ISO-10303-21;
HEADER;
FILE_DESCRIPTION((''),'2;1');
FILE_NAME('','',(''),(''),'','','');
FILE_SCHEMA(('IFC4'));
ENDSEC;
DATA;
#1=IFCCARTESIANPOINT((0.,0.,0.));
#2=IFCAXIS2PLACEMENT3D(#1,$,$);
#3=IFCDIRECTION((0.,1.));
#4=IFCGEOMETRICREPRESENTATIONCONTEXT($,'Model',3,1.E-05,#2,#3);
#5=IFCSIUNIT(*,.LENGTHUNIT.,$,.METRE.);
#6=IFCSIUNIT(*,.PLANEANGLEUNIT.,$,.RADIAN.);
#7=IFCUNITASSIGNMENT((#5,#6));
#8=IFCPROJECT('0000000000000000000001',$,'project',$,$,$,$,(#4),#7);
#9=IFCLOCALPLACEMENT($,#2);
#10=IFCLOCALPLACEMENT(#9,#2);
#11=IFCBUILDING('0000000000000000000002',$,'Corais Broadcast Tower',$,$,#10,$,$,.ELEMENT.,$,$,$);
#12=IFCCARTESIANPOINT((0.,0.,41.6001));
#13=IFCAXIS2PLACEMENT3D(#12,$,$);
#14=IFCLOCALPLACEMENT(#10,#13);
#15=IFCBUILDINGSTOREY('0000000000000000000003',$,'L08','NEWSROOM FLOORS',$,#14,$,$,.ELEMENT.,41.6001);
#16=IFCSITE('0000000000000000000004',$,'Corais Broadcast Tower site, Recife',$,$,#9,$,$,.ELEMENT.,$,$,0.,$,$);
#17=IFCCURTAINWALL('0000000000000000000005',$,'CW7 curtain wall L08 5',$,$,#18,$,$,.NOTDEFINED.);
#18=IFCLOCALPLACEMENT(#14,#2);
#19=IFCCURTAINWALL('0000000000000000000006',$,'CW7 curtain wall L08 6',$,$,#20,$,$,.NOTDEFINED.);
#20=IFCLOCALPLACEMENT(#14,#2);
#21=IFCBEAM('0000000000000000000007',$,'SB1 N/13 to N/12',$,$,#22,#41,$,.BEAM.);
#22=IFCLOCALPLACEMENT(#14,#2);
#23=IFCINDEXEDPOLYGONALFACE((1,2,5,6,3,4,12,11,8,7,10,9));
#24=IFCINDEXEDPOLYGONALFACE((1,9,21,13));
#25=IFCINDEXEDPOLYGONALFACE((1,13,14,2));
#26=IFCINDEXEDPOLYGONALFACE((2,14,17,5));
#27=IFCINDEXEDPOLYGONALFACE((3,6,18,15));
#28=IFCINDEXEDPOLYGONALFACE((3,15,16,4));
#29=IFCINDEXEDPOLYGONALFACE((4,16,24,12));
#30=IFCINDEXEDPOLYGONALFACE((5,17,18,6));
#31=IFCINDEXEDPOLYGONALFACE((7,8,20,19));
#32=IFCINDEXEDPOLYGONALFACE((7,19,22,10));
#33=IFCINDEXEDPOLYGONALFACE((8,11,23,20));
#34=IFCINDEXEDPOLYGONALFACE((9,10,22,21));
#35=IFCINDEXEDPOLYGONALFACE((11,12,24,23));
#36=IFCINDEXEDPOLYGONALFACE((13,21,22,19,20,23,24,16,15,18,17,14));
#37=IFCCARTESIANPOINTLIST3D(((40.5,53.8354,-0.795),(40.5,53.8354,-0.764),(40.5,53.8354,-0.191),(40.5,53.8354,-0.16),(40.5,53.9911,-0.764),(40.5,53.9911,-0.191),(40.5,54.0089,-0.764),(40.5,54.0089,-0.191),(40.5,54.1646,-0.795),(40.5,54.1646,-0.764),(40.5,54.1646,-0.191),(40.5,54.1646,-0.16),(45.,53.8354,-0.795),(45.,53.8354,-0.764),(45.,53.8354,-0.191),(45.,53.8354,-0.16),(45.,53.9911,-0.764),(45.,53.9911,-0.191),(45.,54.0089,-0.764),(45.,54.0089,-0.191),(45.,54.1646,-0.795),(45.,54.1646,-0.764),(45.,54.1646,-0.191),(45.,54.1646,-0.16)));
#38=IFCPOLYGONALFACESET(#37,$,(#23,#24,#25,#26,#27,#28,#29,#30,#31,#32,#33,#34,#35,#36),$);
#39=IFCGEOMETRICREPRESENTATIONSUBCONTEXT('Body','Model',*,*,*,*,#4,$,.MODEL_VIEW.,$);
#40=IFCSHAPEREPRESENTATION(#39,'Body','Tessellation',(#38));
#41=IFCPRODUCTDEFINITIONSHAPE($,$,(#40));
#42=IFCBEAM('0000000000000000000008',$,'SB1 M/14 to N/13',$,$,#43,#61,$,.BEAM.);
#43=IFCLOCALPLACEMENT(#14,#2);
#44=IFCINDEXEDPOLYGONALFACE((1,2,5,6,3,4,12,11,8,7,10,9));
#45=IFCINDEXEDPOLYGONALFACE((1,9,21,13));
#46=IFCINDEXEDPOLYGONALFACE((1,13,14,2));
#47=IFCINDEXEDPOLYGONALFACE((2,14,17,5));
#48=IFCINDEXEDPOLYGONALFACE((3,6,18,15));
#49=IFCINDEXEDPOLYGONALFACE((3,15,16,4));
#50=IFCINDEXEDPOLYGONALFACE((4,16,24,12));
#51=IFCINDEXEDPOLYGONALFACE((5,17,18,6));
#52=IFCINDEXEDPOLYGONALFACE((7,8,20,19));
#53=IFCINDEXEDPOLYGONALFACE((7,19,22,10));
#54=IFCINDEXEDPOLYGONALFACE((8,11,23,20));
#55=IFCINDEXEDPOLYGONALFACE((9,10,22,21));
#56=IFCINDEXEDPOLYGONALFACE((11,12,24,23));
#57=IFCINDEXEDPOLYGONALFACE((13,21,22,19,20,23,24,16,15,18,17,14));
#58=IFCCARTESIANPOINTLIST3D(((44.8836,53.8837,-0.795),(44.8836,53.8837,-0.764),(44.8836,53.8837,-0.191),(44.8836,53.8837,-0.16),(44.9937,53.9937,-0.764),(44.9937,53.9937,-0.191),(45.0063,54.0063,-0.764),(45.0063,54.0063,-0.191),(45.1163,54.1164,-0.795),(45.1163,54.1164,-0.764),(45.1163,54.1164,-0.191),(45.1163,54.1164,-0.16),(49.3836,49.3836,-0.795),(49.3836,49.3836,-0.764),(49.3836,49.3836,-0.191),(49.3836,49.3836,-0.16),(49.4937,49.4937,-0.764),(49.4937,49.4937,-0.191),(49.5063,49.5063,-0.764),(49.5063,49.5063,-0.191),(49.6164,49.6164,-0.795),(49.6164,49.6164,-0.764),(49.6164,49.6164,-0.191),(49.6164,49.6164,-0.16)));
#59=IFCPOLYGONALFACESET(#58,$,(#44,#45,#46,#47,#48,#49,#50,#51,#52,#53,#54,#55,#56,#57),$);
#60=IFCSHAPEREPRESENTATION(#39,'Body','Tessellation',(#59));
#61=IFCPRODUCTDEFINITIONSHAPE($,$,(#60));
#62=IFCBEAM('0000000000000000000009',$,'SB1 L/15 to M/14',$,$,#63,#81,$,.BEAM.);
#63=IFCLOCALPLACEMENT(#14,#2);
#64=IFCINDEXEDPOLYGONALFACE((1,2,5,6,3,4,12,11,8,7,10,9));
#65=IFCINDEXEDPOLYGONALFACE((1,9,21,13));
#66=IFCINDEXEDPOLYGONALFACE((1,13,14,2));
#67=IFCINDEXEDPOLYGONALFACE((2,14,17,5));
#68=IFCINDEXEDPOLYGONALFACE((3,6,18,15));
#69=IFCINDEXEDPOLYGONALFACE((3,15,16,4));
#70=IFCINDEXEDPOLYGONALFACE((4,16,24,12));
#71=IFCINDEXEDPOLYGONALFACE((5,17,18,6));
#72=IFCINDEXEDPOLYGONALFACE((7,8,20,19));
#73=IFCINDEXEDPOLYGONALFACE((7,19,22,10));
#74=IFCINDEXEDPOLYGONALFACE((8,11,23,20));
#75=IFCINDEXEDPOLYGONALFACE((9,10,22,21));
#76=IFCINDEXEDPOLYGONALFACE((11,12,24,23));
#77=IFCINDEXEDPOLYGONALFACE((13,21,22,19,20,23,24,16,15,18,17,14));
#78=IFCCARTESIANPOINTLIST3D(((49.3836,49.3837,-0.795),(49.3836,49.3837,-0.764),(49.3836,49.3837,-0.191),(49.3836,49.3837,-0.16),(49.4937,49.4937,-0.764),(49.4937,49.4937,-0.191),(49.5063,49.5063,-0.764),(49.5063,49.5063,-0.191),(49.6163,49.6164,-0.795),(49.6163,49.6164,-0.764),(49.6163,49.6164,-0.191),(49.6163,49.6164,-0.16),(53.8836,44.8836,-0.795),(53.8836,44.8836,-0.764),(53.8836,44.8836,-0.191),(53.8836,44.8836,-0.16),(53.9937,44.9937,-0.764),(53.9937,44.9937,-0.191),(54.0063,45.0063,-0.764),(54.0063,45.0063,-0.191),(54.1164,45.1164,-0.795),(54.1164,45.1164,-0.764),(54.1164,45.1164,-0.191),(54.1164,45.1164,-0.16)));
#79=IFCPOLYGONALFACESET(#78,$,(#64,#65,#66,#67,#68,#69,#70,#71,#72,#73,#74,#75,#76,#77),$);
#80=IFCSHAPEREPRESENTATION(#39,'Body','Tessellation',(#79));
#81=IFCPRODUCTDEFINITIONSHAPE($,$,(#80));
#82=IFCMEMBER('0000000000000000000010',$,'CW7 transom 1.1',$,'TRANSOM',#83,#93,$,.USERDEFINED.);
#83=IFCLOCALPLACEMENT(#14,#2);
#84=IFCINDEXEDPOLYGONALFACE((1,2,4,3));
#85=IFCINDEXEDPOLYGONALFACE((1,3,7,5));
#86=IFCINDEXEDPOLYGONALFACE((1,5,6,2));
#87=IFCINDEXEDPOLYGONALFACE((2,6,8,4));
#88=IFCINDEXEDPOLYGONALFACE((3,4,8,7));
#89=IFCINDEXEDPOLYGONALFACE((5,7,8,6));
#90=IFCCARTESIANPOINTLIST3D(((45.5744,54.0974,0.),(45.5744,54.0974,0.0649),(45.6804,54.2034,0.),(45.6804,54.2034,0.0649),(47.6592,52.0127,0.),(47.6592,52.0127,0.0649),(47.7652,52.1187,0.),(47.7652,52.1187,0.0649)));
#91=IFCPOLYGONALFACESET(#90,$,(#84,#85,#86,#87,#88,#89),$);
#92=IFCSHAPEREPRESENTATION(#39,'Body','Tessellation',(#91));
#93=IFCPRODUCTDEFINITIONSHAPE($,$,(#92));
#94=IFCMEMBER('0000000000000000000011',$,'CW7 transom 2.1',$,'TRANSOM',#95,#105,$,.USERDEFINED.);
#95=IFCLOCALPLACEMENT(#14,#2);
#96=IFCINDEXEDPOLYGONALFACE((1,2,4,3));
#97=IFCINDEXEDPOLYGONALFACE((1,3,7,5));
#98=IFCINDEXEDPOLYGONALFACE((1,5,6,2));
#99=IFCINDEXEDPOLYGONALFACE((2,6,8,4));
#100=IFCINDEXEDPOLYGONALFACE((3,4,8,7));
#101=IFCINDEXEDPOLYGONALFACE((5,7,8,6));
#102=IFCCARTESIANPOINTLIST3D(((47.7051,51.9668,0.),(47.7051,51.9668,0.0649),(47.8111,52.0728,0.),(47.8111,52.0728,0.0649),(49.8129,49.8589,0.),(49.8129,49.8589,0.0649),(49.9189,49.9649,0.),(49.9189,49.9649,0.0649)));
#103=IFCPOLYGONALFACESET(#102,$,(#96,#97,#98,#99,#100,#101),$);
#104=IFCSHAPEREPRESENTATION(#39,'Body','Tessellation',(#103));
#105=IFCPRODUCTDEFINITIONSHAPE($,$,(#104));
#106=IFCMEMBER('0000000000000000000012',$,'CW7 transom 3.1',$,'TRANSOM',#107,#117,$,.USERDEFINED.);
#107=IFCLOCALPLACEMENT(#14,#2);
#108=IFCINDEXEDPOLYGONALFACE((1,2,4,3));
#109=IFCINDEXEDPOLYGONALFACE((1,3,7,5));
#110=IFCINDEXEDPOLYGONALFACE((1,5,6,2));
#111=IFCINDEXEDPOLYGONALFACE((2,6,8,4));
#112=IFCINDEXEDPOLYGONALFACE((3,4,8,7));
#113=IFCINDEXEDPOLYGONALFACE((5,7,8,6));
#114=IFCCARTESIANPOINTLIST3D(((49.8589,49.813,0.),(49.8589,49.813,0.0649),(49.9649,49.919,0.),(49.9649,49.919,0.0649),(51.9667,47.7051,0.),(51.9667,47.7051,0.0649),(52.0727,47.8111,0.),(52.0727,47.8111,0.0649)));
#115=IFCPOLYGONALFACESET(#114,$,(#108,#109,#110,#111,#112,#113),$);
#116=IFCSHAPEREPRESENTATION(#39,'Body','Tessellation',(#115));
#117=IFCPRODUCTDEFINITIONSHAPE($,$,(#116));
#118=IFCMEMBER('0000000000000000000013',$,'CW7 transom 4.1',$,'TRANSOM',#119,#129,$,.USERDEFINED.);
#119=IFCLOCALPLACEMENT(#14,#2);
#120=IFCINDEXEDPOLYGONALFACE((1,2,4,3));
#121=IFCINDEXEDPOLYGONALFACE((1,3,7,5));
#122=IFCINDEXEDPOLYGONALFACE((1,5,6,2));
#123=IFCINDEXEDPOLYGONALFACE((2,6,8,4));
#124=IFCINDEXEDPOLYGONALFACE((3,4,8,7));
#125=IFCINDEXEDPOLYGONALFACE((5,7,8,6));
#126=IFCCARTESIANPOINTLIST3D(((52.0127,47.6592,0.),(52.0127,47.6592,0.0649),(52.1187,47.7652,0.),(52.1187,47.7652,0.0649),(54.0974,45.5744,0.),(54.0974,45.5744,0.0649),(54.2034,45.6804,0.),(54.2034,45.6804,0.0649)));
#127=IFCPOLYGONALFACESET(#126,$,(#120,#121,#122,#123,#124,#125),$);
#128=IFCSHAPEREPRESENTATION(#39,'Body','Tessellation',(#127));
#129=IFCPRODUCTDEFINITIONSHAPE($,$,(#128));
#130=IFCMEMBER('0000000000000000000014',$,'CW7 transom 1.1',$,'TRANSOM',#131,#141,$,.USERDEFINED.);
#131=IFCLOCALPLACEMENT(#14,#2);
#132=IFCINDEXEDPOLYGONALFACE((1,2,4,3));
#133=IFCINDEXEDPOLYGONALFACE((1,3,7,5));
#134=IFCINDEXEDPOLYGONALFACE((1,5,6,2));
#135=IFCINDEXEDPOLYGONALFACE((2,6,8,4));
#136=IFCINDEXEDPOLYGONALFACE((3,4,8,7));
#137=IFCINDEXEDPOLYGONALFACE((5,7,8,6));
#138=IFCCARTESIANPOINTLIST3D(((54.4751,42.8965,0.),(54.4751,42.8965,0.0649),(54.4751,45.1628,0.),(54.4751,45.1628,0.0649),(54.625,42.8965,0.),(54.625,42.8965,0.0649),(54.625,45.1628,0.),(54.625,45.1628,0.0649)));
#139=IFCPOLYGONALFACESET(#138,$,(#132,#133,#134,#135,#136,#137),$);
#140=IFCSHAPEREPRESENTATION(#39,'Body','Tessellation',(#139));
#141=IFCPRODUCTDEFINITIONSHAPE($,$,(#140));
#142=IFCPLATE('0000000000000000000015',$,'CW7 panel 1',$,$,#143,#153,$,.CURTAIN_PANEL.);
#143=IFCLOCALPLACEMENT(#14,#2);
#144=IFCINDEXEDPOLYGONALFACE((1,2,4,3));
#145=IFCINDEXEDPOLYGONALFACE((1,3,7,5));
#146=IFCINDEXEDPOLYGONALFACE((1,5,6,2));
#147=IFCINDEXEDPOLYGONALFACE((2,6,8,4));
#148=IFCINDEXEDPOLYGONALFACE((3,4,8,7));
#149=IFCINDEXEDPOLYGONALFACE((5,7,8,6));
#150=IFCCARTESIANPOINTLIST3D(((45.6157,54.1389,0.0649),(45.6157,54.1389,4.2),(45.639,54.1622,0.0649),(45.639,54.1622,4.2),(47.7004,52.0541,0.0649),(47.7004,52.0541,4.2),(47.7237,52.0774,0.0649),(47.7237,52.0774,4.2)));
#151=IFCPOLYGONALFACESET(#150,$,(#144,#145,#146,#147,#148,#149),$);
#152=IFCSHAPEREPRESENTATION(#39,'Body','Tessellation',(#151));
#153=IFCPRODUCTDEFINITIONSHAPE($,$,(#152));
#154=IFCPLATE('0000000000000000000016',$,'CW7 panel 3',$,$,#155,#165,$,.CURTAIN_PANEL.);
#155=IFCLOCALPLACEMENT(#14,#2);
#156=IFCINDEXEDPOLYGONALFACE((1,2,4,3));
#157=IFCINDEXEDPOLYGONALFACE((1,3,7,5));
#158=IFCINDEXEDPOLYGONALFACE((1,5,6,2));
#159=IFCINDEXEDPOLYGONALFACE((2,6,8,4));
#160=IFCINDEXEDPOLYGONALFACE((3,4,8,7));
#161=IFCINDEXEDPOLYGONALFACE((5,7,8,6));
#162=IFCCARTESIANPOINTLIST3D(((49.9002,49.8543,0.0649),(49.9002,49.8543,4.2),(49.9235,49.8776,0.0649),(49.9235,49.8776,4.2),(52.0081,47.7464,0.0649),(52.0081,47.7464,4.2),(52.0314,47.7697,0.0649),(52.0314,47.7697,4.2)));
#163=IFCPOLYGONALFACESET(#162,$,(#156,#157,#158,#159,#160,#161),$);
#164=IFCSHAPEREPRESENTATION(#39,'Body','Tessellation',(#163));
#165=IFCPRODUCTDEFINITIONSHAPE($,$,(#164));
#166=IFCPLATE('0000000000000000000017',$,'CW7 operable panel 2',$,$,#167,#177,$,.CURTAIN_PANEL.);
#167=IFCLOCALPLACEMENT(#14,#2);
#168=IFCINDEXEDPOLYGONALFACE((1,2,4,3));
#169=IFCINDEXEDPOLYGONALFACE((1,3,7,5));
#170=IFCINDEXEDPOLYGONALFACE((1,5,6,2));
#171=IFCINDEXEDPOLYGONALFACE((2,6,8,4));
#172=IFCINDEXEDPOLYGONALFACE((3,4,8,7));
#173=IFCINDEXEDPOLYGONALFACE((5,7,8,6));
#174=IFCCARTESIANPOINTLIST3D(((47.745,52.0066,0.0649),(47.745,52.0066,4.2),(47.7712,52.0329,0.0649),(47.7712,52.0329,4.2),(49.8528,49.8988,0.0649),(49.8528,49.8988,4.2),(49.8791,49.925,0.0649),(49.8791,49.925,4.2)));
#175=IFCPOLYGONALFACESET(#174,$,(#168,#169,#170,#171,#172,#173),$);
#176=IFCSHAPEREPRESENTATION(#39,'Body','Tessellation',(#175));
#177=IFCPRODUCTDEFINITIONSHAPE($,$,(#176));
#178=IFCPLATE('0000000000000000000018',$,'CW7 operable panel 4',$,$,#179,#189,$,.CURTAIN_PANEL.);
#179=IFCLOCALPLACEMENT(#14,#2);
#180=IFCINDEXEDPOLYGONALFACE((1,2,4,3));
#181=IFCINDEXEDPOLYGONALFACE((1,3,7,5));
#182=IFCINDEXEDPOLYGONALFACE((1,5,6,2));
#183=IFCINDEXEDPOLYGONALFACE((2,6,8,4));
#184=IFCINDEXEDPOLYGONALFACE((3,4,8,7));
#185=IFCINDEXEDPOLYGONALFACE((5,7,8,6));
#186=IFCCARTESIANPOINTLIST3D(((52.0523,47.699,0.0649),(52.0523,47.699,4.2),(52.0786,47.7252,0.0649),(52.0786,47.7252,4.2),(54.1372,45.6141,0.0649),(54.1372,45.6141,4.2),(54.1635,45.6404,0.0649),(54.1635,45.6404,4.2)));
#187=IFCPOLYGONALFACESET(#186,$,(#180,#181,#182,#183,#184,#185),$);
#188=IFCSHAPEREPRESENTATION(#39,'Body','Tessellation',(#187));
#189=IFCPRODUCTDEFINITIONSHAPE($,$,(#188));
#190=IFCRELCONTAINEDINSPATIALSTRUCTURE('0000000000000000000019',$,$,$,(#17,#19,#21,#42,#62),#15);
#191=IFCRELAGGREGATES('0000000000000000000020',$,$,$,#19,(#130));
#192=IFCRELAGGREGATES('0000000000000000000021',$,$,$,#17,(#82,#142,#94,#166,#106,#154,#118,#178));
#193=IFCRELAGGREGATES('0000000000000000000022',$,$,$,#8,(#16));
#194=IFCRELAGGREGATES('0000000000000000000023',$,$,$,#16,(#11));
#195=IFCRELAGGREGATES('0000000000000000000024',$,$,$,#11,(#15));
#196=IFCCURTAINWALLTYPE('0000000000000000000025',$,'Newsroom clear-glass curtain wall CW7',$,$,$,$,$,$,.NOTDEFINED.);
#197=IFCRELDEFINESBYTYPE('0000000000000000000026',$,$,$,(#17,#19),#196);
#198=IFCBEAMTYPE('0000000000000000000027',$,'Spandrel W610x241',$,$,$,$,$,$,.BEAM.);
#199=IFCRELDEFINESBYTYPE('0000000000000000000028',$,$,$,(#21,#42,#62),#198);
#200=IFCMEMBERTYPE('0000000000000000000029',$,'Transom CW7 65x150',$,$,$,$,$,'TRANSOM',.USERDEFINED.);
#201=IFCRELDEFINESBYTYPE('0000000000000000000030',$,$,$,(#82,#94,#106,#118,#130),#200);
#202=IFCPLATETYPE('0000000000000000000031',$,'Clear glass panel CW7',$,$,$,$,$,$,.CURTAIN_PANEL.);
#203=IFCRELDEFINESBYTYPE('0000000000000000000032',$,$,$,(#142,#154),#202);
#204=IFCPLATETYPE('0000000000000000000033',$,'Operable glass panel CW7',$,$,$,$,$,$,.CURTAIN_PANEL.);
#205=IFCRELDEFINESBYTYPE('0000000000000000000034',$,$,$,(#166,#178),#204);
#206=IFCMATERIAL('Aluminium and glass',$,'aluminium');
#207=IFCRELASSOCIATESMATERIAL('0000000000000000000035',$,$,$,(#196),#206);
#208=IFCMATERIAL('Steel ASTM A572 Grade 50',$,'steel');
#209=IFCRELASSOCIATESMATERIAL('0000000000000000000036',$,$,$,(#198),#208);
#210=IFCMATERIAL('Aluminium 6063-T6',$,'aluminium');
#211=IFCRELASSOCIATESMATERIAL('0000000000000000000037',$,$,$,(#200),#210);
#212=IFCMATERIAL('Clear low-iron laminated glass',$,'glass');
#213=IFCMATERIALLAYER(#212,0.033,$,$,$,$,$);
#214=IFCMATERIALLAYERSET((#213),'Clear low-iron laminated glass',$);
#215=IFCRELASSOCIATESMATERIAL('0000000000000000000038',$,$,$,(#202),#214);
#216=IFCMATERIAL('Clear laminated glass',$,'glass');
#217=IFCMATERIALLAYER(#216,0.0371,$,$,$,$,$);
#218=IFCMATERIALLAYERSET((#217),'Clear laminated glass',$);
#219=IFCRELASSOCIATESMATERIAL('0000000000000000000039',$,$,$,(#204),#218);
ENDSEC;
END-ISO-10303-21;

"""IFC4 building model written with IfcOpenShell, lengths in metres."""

from ifc_helpers import new_model, si_unit, direction, frame, origin, origin_2d, place, context, subcontext, project, spatial, rectangle, i_section, extrude, material, layer, layer_set, material_profile, profile_set, type_object, element, aggregate, save


model = new_model("IFC4")

# Units and contexts
model_context = context("Model", 3, precision=1e-05, world=origin(), true_north=direction((0.0, 1.0)))
body_context = subcontext(model_context, "Body", "Model", "MODEL_VIEW")
ifc_project = project(units=[si_unit("LENGTHUNIT", "METRE"), si_unit("PLANEANGLEUNIT", "RADIAN")], contexts=[model_context])

# Site, building, storey
site_placement = place(None, origin())
site = spatial("IfcSite", under=ifc_project, at=site_placement, Name="Corais Broadcast Tower site, Recife", CompositionType="ELEMENT", RefElevation=0.0)
building_placement = place(site_placement, origin())
building = spatial("IfcBuilding", under=site, at=building_placement, Name="Corais Broadcast Tower", CompositionType="ELEMENT")
storey_placement = place(building_placement, frame((0.0, 0.0, 41.6001)))
storey = spatial("IfcBuildingStorey", under=building, at=storey_placement, Name="L08", Description="NEWSROOM FLOORS", CompositionType="ELEMENT", Elevation=41.6001)

# Shared definitions
ifc_material_1 = material(Name="Aluminium and glass", Category="aluminium")
curtain_wall_type = type_object("IfcCurtainWallType", Name="Newsroom clear-glass curtain wall CW7", PredefinedType="NOTDEFINED", material=ifc_material_1)

# Curtain wall
curtain_wall_1_placement = place(storey_placement, origin())
curtain_wall_1 = element("IfcCurtainWall", 1, at=curtain_wall_1_placement, inside=storey, type_object=curtain_wall_type, Name="CW7 curtain wall L08 5", PredefinedType="NOTDEFINED")

# Curtain wall
curtain_wall_2_placement = place(storey_placement, origin())
curtain_wall_2 = element("IfcCurtainWall", 2, at=curtain_wall_2_placement, inside=storey, type_object=curtain_wall_type, Name="CW7 curtain wall L08 6", PredefinedType="NOTDEFINED")

# Beams
ifc_material_2 = material(Name="Steel ASTM A572 Grade 50", Category="steel")
ifc_material_profile_1 = material_profile(ifc_material_2, i_section(OverallWidth=0.3291, OverallDepth=0.635, WebThickness=0.0178, FlangeThickness=0.031, at=origin_2d()), Name="W610x241")
ifc_profile_set_1 = profile_set([ifc_material_profile_1], Name="Steel ASTM A572 Grade 50")
beam_type_1 = type_object("IfcBeamType", Name="Spandrel W610x241", PredefinedType="BEAM", material=ifc_profile_set_1)
beam_1_placement = place(storey_placement, frame((45.0, 54.0, -0.4775), z_axis=(-1.0, 0.0, 0.0), x_axis=(0.0, -1.0, 0.0)))
element("IfcBeam", 3, at=beam_1_placement, inside=storey, type_object=beam_type_1, Name="SB1 N/13 to N/12", PredefinedType="BEAM", context=body_context, shape_type="SweptSolid", body=[
    extrude(i_section(OverallWidth=0.3291, OverallDepth=0.635, WebThickness=0.0178, FlangeThickness=0.031, at=origin_2d()), origin(), (0.0, 0.0, 1.0), 4.5),
])
for number, where, z_axis, x_axis, name in (
    (4, (49.5, 49.5, -0.4775), (-0.707107, 0.707107, 0.0), (-0.707107, -0.707107, 0.0), "SB1 M/14 to N/13"),
    (5, (54.0, 45.0, -0.4775), (-0.707107, 0.707107, 0.0), (-0.707107, -0.707107, 0.0), "SB1 L/15 to M/14"),
):
    element("IfcBeam", number, at=place(storey_placement, frame(where, z_axis=z_axis, x_axis=x_axis)), inside=storey, type_object=beam_type_1, Name=name, PredefinedType="BEAM", context=body_context, shape_type="SweptSolid", body=[
        extrude(i_section(OverallWidth=0.3291, OverallDepth=0.635, WebThickness=0.0178, FlangeThickness=0.031, at=origin_2d()), origin(), (0.0, 0.0, 1.0), 6.364),
    ])

# Members
ifc_material_3 = material(Name="Aluminium 6063-T6", Category="aluminium")
ifc_material_profile_2 = material_profile(ifc_material_3, rectangle(XDim=0.1499, YDim=0.0649, at=origin_2d()), Name="Transom CW7 65x150")
ifc_profile_set_2 = profile_set([ifc_material_profile_2], Name="Aluminium 6063-T6")
member_type_1 = type_object("IfcMemberType", Name="Transom CW7 65x150", ElementType="TRANSOM", PredefinedType="USERDEFINED", material=ifc_profile_set_2)
member_1_placement = place(storey_placement, frame((45.6274, 54.1504, 0.0325), z_axis=(0.707107, -0.707107, 0.0), x_axis=(0.707107, 0.707107, 0.0)))
member_1 = element("IfcMember", 6, at=member_1_placement, type_object=member_type_1, Name="CW7 transom 1.1", ObjectType="TRANSOM", PredefinedType="USERDEFINED", context=body_context, shape_type="SweptSolid", body=[
    extrude(rectangle(XDim=0.1499, YDim=0.0649, at=origin_2d()), origin(), (0.0, 0.0, 1.0), 2.9482),
])
member_2_placement = place(storey_placement, frame((47.7581, 52.0198, 0.0325), z_axis=(0.707107, -0.707107, 0.0), x_axis=(0.707107, 0.707107, 0.0)))
member_2 = element("IfcMember", 7, at=member_2_placement, type_object=member_type_1, Name="CW7 transom 2.1", ObjectType="TRANSOM", PredefinedType="USERDEFINED", context=body_context, shape_type="SweptSolid", body=[
    extrude(rectangle(XDim=0.1499, YDim=0.0649, at=origin_2d()), origin(), (0.0, 0.0, 1.0), 2.981),
])
member_3_placement = place(storey_placement, frame((49.9119, 49.866, 0.0325), z_axis=(0.707107, -0.707107, 0.0), x_axis=(0.707107, 0.707107, 0.0)))
member_3 = element("IfcMember", 8, at=member_3_placement, type_object=member_type_1, Name="CW7 transom 3.1", ObjectType="TRANSOM", PredefinedType="USERDEFINED", context=body_context, shape_type="SweptSolid", body=[
    extrude(rectangle(XDim=0.1499, YDim=0.0649, at=origin_2d()), origin(), (0.0, 0.0, 1.0), 2.981),
])
member_4_placement = place(storey_placement, frame((52.0657, 47.7122, 0.0325), z_axis=(0.707107, -0.707107, 0.0), x_axis=(0.707107, 0.707107, 0.0)))
member_4 = element("IfcMember", 9, at=member_4_placement, type_object=member_type_1, Name="CW7 transom 4.1", ObjectType="TRANSOM", PredefinedType="USERDEFINED", context=body_context, shape_type="SweptSolid", body=[
    extrude(rectangle(XDim=0.1499, YDim=0.0649, at=origin_2d()), origin(), (0.0, 0.0, 1.0), 2.9482),
])
member_5_placement = place(storey_placement, frame((54.55, 45.1628, 0.0325), z_axis=(0.0, -1.0, 0.0), x_axis=(1.0, 0.0, 0.0)))
member_5 = element("IfcMember", 10, at=member_5_placement, type_object=member_type_1, Name="CW7 transom 1.1", ObjectType="TRANSOM", PredefinedType="USERDEFINED", context=body_context, shape_type="SweptSolid", body=[
    extrude(rectangle(XDim=0.1499, YDim=0.0649, at=origin_2d()), origin(), (0.0, 0.0, 1.0), 2.2664),
])
aggregate(curtain_wall_2, [member_5])

# Plates
ifc_material_4 = material(Name="Clear low-iron laminated glass", Category="glass")
ifc_layer_1 = layer(ifc_material_4, 0.033)
ifc_layer_set_1 = layer_set([ifc_layer_1], Name="Clear low-iron laminated glass")
plate_type_1 = type_object("IfcPlateType", Name="Clear glass panel CW7", PredefinedType="CURTAIN_PANEL", material=ifc_layer_set_1)
plate_1_placement = place(storey_placement, frame((46.6697, 53.1082, 0.0649), z_axis=(0.0, 0.0, 1.0), x_axis=(0.707107, -0.707107, 0.0)))
plate_1 = element("IfcPlate", 11, at=plate_1_placement, type_object=plate_type_1, Name="CW7 panel 1", PredefinedType="CURTAIN_PANEL", context=body_context, shape_type="SweptSolid", body=[
    extrude(rectangle(XDim=2.9482, YDim=0.033, at=origin_2d()), origin(), (0.0, 0.0, 1.0), 4.135),
])
plate_2_placement = place(storey_placement, frame((50.9658, 48.812, 0.0649), z_axis=(0.0, 0.0, 1.0), x_axis=(0.707107, -0.707107, 0.0)))
plate_2 = element("IfcPlate", 12, at=plate_2_placement, type_object=plate_type_1, Name="CW7 panel 3", PredefinedType="CURTAIN_PANEL", context=body_context, shape_type="SweptSolid", body=[
    extrude(rectangle(XDim=2.981, YDim=0.033, at=origin_2d()), origin(), (0.0, 0.0, 1.0), 4.135),
])
ifc_material_5 = material(Name="Clear laminated glass", Category="glass")
ifc_layer_2 = layer(ifc_material_5, 0.0371)
ifc_layer_set_2 = layer_set([ifc_layer_2], Name="Clear laminated glass")
plate_type_2 = type_object("IfcPlateType", Name="Operable glass panel CW7", PredefinedType="CURTAIN_PANEL", material=ifc_layer_set_2)
plate_3_placement = place(storey_placement, frame((48.812, 50.9658, 0.0649), z_axis=(0.0, 0.0, 1.0), x_axis=(0.707107, -0.707107, 0.0)))
plate_3 = element("IfcPlate", 13, at=plate_3_placement, type_object=plate_type_2, Name="CW7 operable panel 2", PredefinedType="CURTAIN_PANEL", context=body_context, shape_type="SweptSolid", body=[
    extrude(rectangle(XDim=2.981, YDim=0.0371, at=origin_2d()), origin(), (0.0, 0.0, 1.0), 4.135),
])
plate_4_placement = place(storey_placement, frame((53.1079, 46.6697, 0.0649), z_axis=(0.0, 0.0, 1.0), x_axis=(0.707107, -0.707107, 0.0)))
plate_4 = element("IfcPlate", 14, at=plate_4_placement, type_object=plate_type_2, Name="CW7 operable panel 4", PredefinedType="CURTAIN_PANEL", context=body_context, shape_type="SweptSolid", body=[
    extrude(rectangle(XDim=2.9485, YDim=0.0371, at=origin_2d()), origin(), (0.0, 0.0, 1.0), 4.135),
])
aggregate(curtain_wall_1, [member_1, plate_1, member_2, plate_3, member_3, plate_2, member_4, plate_4])

save(model, "model.ifc")
